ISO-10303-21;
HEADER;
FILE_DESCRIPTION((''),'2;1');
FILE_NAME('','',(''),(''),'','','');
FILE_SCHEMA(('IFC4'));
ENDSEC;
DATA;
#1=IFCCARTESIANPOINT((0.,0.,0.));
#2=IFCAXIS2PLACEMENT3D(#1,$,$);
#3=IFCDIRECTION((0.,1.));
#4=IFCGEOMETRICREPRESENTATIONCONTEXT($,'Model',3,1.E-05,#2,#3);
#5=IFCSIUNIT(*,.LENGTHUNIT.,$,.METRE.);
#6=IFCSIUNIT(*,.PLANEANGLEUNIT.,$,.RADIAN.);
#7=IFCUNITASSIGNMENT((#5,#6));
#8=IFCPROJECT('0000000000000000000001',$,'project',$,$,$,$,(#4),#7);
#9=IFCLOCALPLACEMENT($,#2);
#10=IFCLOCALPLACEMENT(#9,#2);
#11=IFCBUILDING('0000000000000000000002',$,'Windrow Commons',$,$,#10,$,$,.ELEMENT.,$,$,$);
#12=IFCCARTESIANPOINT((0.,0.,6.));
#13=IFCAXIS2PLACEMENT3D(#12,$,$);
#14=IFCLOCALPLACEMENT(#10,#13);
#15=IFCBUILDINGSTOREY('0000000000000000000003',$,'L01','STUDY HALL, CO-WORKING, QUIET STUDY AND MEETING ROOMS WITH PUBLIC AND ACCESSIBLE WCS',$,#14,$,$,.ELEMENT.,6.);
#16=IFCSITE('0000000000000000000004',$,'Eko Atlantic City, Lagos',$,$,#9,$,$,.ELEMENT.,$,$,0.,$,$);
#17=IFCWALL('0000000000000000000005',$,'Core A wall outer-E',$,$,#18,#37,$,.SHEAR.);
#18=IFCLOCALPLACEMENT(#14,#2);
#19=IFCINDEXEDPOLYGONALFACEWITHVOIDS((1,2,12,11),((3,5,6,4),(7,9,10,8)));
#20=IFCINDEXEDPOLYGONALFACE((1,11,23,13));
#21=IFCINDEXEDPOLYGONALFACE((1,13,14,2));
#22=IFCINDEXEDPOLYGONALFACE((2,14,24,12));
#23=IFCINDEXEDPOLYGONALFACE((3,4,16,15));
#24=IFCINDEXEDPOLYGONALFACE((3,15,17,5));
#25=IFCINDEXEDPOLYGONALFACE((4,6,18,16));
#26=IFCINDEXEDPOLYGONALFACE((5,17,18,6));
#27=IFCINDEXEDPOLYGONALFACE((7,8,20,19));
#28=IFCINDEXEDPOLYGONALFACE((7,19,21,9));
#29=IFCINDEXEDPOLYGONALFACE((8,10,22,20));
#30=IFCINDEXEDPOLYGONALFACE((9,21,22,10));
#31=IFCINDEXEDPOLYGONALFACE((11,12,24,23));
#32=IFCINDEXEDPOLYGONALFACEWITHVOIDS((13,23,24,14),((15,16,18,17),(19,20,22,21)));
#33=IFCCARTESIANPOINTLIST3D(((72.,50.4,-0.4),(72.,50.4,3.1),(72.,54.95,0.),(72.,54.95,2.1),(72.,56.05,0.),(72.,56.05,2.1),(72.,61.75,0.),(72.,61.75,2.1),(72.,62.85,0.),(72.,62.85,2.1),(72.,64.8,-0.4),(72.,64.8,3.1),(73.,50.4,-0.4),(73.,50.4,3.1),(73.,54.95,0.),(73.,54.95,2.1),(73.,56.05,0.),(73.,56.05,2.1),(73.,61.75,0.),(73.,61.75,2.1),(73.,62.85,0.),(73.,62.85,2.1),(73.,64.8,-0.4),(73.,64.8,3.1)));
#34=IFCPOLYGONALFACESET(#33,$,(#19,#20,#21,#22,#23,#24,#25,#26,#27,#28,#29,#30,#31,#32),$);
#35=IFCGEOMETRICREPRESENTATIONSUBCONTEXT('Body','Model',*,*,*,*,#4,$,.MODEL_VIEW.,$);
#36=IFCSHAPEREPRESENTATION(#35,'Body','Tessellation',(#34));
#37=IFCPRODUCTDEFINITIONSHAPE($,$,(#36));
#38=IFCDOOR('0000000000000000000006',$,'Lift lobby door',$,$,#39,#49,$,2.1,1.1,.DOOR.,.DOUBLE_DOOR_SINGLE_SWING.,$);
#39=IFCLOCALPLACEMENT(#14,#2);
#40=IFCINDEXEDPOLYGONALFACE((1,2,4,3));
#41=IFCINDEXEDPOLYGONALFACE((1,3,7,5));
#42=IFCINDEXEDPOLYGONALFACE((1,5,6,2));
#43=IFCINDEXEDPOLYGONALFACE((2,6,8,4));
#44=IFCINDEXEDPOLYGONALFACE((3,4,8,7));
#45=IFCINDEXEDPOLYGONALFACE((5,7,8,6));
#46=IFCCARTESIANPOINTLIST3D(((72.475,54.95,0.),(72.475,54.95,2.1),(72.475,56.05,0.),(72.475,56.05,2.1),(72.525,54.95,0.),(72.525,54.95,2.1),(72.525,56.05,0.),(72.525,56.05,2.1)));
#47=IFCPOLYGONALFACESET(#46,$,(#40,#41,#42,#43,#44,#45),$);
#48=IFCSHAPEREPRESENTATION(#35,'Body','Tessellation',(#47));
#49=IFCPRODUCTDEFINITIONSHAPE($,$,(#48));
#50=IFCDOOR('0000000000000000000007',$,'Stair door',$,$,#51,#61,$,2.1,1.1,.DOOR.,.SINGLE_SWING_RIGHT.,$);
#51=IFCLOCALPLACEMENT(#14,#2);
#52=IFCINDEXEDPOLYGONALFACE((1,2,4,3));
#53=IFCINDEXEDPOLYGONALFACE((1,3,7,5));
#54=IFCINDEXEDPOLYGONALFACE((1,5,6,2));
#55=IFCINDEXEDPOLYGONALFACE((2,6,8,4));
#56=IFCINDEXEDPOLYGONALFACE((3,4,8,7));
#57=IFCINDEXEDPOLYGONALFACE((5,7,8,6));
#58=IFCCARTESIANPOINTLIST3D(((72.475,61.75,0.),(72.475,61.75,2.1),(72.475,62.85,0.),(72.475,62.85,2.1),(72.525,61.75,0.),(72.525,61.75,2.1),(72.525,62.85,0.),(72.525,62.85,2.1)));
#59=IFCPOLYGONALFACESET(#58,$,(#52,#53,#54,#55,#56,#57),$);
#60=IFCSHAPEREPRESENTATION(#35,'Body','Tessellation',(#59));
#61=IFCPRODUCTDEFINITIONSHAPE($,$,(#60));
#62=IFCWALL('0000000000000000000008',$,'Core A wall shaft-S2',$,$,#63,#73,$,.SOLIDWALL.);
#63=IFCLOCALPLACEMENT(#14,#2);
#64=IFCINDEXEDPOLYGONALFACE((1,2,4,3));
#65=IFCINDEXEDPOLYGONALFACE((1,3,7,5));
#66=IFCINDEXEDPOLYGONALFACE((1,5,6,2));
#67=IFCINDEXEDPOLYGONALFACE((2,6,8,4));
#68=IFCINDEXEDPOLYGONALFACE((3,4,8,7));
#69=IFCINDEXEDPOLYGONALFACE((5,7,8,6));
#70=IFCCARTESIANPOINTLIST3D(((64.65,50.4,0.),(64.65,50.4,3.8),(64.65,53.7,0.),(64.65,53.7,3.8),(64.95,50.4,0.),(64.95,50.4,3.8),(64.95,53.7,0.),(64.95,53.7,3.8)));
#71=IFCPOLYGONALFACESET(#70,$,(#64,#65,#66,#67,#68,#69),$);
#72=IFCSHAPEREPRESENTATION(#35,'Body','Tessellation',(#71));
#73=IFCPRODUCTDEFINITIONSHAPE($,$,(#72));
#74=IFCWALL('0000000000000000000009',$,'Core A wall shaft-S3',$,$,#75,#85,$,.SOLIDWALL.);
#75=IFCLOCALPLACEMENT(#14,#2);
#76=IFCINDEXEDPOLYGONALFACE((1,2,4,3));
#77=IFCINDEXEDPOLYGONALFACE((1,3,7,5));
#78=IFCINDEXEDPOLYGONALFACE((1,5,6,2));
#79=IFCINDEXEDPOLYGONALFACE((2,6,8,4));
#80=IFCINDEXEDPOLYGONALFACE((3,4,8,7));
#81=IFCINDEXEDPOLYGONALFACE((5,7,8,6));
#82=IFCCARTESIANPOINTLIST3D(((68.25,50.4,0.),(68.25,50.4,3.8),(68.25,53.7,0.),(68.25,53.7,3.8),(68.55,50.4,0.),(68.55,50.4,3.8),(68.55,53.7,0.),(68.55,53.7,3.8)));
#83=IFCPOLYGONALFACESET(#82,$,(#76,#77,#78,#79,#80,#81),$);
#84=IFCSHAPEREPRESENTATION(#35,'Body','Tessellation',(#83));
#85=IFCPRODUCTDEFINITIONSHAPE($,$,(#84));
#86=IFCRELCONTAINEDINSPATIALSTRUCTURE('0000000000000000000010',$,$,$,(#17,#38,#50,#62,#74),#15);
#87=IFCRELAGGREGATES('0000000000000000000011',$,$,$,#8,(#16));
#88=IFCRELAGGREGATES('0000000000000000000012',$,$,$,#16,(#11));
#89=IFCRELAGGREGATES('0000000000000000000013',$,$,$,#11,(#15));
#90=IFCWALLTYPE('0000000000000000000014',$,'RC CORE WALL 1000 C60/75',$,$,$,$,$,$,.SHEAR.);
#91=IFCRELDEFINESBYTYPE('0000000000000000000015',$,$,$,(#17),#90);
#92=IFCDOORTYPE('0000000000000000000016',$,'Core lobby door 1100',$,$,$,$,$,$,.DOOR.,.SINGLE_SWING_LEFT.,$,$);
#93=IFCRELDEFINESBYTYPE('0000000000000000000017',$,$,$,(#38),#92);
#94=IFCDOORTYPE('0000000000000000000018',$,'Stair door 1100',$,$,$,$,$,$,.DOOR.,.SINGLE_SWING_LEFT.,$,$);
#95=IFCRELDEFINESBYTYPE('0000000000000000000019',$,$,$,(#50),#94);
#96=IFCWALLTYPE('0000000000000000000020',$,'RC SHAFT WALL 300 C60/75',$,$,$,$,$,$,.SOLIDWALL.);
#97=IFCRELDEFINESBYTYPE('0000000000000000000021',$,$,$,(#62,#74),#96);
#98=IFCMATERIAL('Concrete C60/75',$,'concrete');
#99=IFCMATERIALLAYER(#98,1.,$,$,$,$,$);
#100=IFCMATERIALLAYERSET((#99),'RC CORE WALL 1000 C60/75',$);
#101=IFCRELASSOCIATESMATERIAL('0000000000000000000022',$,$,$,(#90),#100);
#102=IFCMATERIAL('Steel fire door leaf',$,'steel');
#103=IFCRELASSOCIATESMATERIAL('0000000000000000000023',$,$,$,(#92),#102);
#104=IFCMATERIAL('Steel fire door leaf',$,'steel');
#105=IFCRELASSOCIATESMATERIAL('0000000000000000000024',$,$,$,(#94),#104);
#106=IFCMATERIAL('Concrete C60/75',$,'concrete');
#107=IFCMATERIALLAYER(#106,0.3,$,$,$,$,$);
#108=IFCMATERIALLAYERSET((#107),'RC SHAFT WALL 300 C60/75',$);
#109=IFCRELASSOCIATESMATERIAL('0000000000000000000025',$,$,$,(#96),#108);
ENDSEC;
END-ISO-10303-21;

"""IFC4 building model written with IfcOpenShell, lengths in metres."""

from ifc_helpers import new_model, si_unit, direction, frame, frame_2d, origin, place, context, subcontext, project, spatial, rectangle, extrude, material, layer, layer_set, type_object, element, fill, save


model = new_model("IFC4")

# Units and contexts
model_context = context("Model", 3, precision=1e-05, world=origin(), true_north=direction((0.0, 1.0)))
body_context = subcontext(model_context, "Body", "Model", "MODEL_VIEW")
ifc_project = project(units=[si_unit("LENGTHUNIT", "METRE"), si_unit("PLANEANGLEUNIT", "RADIAN")], contexts=[model_context])

# Site, building, storey
site_placement = place(None, origin())
site = spatial("IfcSite", under=ifc_project, at=site_placement, Name="Eko Atlantic City, Lagos", CompositionType="ELEMENT", RefElevation=0.0)
building_placement = place(site_placement, origin())
building = spatial("IfcBuilding", under=site, at=building_placement, Name="Windrow Commons", CompositionType="ELEMENT")
storey_placement = place(building_placement, frame((0.0, 0.0, 6.0)))
storey = spatial("IfcBuildingStorey", under=building, at=storey_placement, Name="L01", Description="STUDY HALL, CO-WORKING, QUIET STUDY AND MEETING ROOMS WITH PUBLIC AND ACCESSIBLE WCS", CompositionType="ELEMENT", Elevation=6.0)

# Wall, openings, doors
ifc_material_1 = material(Name="Concrete C60/75", Category="concrete")
ifc_layer_1 = layer(ifc_material_1, 1.0)
ifc_layer_set_1 = layer_set([ifc_layer_1], Name="RC CORE WALL 1000 C60/75")
wall_type_1 = type_object("IfcWallType", Name="RC CORE WALL 1000 C60/75", PredefinedType="SHEAR", material=ifc_layer_set_1)
wall_1_placement = place(storey_placement, frame((72.5, 50.4, -0.4), z_axis=(0.0, 0.0, 1.0), x_axis=(0.0, 1.0, 0.0)))
wall_1 = element("IfcWall", 1, at=wall_1_placement, inside=storey, type_object=wall_type_1, Name="Core A wall outer-E", PredefinedType="SHEAR", context=body_context, shape_type="SweptSolid", body=[
    extrude(rectangle(XDim=14.4, YDim=1.0, at=frame_2d((7.2, 0.0))), origin(), (0.0, 0.0, 1.0), 3.5),
])
opening_1_placement = place(wall_1_placement, frame((4.55, 0.0, 0.4)))
opening_1 = element("IfcOpeningElement", 2, at=opening_1_placement, cuts=wall_1, PredefinedType="OPENING", context=body_context, shape_type="SweptSolid", body=[
    extrude(rectangle(XDim=1.1, YDim=2.1, at=frame_2d((0.55, 1.05))), frame((0.0, 0.51, 0.0), z_axis=(0.0, -1.0, 0.0), x_axis=(1.0, 0.0, 0.0)), (0.0, 0.0, 1.0), 1.02),
])
opening_2_placement = place(wall_1_placement, frame((11.35, 0.0, 0.4)))
opening_2 = element("IfcOpeningElement", 3, at=opening_2_placement, cuts=wall_1, PredefinedType="OPENING", context=body_context, shape_type="SweptSolid", body=[
    extrude(rectangle(XDim=1.1, YDim=2.1, at=frame_2d((0.55, 1.05))), frame((0.0, 0.51, 0.0), z_axis=(0.0, -1.0, 0.0), x_axis=(1.0, 0.0, 0.0)), (0.0, 0.0, 1.0), 1.02),
])
ifc_material_2 = material(Name="Steel fire door leaf", Category="steel")
door_type_1 = type_object("IfcDoorType", Name="Core lobby door 1100", OperationType="SINGLE_SWING_LEFT", PredefinedType="DOOR", material=ifc_material_2)
door_1_placement = place(opening_1_placement, origin())
door_1 = element("IfcDoor", 4, at=door_1_placement, inside=storey, type_object=door_type_1, Name="Lift lobby door", OperationType="DOUBLE_DOOR_SINGLE_SWING", OverallHeight=2.1, OverallWidth=1.1, PredefinedType="DOOR", context=body_context, shape_type="SweptSolid", body=[
    extrude(rectangle(XDim=1.1, YDim=2.1, at=frame_2d((0.55, 1.05))), frame((0.0, 0.025, 0.0), z_axis=(0.0, -1.0, 0.0), x_axis=(1.0, 0.0, 0.0)), (0.0, 0.0, 1.0), 0.05),
])
fill(opening_1, door_1)
ifc_material_3 = material(Name="Steel fire door leaf", Category="steel")
door_type_2 = type_object("IfcDoorType", Name="Stair door 1100", OperationType="SINGLE_SWING_LEFT", PredefinedType="DOOR", material=ifc_material_3)
door_2_placement = place(opening_2_placement, origin())
door_2 = element("IfcDoor", 5, at=door_2_placement, inside=storey, type_object=door_type_2, Name="Stair door", OperationType="SINGLE_SWING_RIGHT", OverallHeight=2.1, OverallWidth=1.1, PredefinedType="DOOR", context=body_context, shape_type="SweptSolid", body=[
    extrude(rectangle(XDim=1.1, YDim=2.1, at=frame_2d((0.55, 1.05))), frame((0.0, 0.025, 0.0), z_axis=(0.0, -1.0, 0.0), x_axis=(1.0, 0.0, 0.0)), (0.0, 0.0, 1.0), 0.05),
])
fill(opening_2, door_2)

# Walls
ifc_material_4 = material(Name="Concrete C60/75", Category="concrete")
ifc_layer_2 = layer(ifc_material_4, 0.3)
ifc_layer_set_2 = layer_set([ifc_layer_2], Name="RC SHAFT WALL 300 C60/75")
wall_type_2 = type_object("IfcWallType", Name="RC SHAFT WALL 300 C60/75", PredefinedType="SOLIDWALL", material=ifc_layer_set_2)
for number, where, z_axis, x_axis, name in (
    (6, (64.8, 50.4, 0.0), (0.0, 0.0, 1.0), (0.0, 1.0, 0.0), "Core A wall shaft-S2"),
    (7, (68.4, 50.4, 0.0), (0.0, 0.0, 1.0), (0.0, 1.0, 0.0), "Core A wall shaft-S3"),
):
    element("IfcWall", number, at=place(storey_placement, frame(where, z_axis=z_axis, x_axis=x_axis)), inside=storey, type_object=wall_type_2, Name=name, PredefinedType="SOLIDWALL", context=body_context, shape_type="SweptSolid", body=[
        extrude(rectangle(XDim=3.3, YDim=0.3, at=frame_2d((1.65, 0.0))), origin(), (0.0, 0.0, 1.0), 3.8),
    ])

save(model, "model.ifc")
